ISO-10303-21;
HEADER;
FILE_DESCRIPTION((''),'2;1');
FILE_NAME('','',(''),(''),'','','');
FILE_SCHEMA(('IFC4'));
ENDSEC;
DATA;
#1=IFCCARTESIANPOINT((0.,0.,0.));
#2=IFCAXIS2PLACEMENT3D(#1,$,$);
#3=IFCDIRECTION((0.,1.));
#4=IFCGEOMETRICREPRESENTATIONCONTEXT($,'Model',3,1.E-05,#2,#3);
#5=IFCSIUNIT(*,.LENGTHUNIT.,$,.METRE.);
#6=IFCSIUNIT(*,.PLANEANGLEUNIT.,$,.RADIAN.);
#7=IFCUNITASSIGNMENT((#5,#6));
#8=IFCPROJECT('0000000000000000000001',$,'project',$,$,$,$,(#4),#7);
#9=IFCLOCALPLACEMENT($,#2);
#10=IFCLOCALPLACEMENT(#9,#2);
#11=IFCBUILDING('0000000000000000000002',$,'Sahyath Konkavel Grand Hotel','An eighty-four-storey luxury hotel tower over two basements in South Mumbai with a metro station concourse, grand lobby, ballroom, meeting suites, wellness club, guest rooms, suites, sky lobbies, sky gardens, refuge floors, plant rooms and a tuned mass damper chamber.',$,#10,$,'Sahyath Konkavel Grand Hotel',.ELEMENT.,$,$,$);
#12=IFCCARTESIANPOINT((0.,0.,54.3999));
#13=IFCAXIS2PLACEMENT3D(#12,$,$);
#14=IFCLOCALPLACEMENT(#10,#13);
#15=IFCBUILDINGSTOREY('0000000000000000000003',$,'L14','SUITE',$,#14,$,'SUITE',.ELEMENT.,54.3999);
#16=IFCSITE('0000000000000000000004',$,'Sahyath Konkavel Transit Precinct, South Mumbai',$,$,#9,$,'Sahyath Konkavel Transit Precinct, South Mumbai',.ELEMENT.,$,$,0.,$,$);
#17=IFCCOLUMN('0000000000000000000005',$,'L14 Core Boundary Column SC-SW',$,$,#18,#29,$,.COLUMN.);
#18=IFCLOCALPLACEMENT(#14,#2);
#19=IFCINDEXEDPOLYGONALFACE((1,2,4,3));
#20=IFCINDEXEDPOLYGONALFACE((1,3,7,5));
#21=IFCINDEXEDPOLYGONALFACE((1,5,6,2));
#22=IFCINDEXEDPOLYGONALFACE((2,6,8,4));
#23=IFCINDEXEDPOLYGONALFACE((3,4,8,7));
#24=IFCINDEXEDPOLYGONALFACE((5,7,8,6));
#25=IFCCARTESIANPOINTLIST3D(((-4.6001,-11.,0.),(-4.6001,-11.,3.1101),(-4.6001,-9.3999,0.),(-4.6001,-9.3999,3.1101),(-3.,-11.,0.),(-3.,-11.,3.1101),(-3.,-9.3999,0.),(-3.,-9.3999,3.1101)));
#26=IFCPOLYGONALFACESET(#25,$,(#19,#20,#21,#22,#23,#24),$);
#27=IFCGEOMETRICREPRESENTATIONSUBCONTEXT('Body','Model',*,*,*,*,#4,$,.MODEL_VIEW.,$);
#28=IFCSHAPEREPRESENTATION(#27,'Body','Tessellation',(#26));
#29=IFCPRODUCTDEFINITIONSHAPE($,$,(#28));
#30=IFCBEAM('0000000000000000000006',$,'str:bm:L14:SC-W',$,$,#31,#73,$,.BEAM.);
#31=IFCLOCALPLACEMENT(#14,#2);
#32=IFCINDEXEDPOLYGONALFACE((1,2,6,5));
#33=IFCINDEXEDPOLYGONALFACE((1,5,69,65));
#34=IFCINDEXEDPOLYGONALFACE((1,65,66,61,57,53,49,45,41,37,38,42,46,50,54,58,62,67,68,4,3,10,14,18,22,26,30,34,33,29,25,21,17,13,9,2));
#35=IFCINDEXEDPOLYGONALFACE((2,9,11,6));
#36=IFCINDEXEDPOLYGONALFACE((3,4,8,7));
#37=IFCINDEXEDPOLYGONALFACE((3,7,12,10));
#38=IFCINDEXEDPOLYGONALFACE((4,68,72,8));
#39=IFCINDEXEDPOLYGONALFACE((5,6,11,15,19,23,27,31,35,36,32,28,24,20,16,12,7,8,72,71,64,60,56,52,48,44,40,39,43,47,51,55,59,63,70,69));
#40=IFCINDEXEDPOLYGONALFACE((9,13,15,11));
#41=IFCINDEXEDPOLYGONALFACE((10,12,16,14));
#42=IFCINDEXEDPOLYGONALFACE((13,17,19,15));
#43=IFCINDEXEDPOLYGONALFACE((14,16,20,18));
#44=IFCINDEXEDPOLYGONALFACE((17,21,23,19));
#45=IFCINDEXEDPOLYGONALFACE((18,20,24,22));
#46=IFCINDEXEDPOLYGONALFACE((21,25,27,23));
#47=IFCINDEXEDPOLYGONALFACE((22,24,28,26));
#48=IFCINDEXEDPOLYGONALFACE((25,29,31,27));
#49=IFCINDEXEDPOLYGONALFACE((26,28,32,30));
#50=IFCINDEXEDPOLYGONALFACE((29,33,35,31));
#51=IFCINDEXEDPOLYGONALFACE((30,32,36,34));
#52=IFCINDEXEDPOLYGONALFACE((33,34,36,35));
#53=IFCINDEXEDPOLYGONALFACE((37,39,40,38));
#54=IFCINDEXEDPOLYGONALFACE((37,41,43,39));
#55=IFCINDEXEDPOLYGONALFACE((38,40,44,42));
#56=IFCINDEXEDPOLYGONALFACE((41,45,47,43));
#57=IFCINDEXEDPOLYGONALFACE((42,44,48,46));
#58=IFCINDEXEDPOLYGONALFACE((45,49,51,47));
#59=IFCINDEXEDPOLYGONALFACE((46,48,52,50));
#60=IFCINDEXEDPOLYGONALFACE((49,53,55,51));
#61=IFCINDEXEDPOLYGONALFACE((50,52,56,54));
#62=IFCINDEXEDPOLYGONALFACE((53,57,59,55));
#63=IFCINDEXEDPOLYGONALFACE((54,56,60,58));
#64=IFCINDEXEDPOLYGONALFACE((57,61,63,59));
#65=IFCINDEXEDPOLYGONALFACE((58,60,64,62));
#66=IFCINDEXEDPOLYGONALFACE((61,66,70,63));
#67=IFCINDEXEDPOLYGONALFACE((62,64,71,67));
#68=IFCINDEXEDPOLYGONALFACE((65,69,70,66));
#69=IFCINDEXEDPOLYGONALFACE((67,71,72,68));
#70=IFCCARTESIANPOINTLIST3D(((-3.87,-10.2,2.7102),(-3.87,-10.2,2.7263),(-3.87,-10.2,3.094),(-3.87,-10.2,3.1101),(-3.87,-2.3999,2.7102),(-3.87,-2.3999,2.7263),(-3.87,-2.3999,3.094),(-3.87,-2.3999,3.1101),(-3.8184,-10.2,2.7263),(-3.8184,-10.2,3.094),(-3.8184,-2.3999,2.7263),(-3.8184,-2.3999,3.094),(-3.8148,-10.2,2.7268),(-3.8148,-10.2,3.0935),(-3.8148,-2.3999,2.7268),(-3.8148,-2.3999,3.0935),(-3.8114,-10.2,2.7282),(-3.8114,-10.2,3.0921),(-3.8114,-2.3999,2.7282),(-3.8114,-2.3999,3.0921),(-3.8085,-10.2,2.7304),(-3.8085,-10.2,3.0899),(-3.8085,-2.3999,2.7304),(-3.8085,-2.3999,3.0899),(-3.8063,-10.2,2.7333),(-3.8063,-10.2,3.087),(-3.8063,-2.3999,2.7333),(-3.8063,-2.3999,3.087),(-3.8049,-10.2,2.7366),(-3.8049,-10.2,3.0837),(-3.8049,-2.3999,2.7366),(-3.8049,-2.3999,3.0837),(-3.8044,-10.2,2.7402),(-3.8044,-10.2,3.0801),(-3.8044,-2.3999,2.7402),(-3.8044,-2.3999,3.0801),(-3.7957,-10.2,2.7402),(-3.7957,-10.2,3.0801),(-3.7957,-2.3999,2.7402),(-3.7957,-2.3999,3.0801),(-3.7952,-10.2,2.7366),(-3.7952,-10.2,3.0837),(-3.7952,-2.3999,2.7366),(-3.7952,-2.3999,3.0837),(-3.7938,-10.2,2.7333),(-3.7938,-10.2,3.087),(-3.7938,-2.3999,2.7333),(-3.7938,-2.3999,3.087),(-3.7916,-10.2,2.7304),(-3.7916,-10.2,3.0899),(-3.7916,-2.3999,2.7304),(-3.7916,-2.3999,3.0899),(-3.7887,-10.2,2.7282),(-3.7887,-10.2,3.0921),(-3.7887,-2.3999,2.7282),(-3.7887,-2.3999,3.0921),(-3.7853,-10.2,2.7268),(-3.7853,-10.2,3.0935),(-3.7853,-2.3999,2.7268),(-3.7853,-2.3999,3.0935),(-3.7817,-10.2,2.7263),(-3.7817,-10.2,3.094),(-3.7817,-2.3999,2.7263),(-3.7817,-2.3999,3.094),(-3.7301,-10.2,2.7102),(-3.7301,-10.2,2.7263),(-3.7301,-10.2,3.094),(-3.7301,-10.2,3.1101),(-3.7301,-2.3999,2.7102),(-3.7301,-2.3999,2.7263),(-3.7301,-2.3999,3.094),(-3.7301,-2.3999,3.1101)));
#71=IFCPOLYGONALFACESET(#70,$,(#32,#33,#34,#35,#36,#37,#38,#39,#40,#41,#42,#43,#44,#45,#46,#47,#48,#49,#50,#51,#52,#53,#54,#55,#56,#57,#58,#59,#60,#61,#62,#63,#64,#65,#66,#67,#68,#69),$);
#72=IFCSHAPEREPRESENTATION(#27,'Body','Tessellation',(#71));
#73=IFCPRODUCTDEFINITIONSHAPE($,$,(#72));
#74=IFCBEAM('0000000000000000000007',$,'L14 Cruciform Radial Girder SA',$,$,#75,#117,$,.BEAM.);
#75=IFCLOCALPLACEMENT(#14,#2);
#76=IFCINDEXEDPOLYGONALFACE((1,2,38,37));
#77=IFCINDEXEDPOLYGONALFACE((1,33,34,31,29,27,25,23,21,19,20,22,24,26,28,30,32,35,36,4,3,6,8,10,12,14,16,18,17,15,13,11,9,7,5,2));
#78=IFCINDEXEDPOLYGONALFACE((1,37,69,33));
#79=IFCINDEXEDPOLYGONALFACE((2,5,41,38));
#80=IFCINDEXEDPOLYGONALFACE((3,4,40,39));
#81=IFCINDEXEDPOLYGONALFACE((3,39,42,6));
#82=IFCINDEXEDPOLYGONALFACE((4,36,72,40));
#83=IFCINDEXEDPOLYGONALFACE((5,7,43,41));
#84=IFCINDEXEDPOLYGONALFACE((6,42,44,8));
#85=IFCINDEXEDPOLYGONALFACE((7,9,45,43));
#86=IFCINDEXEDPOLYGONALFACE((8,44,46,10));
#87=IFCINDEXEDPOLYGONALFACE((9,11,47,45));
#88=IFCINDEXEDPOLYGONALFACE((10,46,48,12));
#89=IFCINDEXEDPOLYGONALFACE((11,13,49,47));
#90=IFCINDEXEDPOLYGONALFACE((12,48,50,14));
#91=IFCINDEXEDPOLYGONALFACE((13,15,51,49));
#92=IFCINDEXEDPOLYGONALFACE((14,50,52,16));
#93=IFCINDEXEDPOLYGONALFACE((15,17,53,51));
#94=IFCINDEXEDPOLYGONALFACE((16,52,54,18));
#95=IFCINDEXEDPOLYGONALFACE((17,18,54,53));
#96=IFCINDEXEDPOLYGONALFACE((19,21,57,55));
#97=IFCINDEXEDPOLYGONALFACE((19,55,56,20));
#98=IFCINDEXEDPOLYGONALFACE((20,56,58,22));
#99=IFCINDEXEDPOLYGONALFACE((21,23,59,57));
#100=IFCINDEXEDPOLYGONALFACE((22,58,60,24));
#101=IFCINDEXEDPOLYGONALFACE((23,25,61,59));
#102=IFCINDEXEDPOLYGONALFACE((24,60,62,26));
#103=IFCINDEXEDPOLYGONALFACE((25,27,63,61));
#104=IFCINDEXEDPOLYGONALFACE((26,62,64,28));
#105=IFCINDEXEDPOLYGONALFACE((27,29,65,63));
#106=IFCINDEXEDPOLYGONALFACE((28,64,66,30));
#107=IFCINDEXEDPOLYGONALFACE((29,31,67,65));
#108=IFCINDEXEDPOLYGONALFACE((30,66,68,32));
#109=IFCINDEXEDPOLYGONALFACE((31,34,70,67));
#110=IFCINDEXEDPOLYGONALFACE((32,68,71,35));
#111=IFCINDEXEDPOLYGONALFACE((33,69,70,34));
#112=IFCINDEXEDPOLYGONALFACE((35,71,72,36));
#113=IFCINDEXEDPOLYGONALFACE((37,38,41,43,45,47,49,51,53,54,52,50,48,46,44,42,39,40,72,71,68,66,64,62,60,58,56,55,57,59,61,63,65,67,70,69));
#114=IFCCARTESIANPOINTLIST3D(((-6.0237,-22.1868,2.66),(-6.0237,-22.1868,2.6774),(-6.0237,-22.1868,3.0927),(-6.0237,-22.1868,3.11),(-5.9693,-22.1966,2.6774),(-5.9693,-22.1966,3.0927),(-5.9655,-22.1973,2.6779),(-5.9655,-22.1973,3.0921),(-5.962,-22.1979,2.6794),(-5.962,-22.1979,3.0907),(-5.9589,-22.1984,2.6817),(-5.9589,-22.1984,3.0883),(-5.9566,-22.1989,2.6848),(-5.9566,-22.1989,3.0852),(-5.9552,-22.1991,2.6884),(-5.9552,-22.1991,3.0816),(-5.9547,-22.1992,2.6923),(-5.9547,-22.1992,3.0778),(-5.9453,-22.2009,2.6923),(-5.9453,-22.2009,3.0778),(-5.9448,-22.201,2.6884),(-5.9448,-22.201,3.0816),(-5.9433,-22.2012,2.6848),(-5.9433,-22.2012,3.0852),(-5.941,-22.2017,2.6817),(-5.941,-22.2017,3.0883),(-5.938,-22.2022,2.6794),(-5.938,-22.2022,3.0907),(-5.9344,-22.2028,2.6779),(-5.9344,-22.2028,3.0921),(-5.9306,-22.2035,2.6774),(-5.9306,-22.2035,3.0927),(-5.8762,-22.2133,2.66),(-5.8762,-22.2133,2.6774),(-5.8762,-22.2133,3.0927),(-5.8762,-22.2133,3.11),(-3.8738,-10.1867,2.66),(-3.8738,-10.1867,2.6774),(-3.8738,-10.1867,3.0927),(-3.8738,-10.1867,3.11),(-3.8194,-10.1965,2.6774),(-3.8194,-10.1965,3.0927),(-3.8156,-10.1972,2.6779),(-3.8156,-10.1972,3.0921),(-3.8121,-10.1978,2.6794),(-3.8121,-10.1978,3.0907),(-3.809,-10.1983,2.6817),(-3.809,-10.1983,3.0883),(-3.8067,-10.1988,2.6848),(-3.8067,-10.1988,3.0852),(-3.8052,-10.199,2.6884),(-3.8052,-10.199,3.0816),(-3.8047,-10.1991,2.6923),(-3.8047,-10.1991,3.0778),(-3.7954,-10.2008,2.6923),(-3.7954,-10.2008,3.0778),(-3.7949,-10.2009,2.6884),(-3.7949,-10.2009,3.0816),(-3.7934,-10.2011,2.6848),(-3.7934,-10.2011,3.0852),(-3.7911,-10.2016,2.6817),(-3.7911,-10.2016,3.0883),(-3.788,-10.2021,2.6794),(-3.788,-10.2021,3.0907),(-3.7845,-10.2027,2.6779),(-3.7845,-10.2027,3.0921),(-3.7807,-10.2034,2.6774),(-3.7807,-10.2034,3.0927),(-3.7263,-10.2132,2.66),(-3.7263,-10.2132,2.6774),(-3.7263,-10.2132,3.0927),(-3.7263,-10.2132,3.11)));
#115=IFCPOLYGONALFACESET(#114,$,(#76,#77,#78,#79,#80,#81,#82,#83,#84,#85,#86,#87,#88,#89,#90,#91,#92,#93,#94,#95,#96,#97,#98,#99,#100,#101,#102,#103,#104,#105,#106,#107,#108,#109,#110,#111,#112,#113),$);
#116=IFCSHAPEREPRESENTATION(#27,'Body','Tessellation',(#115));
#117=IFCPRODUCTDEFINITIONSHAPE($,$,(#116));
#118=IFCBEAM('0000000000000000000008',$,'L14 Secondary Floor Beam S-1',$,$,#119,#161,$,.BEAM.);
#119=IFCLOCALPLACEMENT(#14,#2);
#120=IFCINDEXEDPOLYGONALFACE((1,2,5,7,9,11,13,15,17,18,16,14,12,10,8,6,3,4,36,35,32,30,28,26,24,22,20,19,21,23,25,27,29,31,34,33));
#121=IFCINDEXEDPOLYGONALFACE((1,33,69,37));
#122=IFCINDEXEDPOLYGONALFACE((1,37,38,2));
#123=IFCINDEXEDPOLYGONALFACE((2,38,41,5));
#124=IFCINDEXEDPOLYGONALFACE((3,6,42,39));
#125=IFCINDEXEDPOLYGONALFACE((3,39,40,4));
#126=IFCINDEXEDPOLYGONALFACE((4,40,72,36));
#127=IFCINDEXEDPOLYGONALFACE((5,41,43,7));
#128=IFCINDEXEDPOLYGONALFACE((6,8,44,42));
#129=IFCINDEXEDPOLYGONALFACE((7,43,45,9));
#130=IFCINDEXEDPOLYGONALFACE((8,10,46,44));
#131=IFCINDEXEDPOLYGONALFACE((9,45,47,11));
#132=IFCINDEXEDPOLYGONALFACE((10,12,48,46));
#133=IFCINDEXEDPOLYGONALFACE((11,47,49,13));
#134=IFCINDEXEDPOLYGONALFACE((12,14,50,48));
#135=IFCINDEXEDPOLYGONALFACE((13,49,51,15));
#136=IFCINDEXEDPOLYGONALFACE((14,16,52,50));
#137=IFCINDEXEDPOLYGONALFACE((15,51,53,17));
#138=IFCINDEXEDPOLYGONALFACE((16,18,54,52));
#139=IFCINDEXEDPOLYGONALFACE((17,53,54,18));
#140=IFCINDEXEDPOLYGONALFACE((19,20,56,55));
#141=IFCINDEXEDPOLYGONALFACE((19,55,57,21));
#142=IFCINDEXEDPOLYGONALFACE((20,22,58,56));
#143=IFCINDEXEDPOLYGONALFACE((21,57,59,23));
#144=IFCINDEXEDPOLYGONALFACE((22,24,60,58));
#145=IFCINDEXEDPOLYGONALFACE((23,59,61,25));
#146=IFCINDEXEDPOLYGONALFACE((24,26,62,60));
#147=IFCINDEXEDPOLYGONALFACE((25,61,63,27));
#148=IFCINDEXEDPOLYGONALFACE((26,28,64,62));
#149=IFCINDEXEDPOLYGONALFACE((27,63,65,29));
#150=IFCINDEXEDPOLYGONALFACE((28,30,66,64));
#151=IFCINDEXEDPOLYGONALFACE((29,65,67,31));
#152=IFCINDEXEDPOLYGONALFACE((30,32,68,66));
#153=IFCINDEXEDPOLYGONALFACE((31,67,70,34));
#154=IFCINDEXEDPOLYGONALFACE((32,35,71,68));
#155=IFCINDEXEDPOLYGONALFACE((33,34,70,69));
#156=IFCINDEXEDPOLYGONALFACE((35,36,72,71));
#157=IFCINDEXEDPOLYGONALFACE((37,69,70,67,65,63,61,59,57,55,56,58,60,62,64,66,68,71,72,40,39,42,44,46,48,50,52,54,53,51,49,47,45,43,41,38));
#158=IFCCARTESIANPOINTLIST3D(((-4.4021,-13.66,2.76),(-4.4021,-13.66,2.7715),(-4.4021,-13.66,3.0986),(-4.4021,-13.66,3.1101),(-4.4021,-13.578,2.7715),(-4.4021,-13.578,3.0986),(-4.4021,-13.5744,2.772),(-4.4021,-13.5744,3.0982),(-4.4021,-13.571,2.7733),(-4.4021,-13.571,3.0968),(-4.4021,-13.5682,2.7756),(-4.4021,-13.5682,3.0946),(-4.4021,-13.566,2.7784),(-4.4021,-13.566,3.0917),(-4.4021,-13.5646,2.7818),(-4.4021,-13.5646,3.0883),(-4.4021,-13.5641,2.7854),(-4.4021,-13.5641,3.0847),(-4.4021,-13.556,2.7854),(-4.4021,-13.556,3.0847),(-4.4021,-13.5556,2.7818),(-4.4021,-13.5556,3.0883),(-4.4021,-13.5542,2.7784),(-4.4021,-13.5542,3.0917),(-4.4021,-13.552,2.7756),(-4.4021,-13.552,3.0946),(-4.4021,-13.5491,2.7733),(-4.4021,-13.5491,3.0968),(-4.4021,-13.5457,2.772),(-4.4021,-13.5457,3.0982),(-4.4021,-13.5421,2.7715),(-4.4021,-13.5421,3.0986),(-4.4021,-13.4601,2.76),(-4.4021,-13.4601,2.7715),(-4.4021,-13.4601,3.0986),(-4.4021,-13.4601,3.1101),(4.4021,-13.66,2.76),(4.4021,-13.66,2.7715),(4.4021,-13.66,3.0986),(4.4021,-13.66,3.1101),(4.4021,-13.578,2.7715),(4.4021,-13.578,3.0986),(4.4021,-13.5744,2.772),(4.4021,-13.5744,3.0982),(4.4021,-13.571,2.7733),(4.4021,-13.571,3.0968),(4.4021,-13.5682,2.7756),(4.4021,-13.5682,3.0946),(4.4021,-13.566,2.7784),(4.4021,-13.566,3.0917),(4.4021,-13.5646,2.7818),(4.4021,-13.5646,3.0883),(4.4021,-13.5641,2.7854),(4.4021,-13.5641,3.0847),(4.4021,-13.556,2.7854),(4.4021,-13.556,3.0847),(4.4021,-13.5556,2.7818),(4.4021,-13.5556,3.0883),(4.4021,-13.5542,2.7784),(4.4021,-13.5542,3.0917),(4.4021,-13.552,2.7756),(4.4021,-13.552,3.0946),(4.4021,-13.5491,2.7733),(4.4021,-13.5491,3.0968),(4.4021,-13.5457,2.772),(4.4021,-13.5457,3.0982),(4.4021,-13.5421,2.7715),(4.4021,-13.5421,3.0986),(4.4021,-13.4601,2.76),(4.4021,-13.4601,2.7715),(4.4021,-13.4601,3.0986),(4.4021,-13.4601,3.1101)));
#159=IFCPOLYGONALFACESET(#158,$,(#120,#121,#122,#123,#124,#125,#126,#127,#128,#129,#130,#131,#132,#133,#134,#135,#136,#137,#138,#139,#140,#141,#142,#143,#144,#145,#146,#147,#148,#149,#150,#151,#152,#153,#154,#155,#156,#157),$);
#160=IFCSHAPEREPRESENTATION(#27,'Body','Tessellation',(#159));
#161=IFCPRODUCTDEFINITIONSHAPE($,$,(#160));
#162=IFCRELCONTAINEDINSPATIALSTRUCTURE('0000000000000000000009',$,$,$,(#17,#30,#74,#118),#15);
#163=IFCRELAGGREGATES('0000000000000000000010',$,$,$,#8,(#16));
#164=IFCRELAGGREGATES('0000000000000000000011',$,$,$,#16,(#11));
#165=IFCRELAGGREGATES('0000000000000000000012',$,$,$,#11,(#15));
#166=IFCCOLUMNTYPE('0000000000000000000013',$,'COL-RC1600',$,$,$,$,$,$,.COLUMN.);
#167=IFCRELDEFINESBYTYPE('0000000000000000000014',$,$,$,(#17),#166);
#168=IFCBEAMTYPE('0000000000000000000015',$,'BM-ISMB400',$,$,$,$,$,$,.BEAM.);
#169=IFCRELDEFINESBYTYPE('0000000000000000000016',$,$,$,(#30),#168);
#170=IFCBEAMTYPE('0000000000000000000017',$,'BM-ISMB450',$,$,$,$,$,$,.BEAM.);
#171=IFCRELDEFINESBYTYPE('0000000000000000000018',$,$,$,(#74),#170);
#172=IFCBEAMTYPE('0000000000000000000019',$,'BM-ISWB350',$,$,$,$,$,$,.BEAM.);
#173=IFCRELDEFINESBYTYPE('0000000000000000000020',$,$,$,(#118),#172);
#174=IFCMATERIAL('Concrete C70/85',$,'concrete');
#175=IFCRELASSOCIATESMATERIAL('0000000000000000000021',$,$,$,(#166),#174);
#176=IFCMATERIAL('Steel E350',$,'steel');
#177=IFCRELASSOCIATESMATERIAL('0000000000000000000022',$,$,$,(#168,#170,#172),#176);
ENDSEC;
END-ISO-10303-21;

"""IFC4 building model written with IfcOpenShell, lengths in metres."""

from ifc_helpers import new_model, si_unit, direction, frame, origin, origin_2d, place, context, subcontext, project, spatial, rectangle, i_section, extrude, source, transform, mapped, material, material_profile, profile_set, type_object, element, save


model = new_model("IFC4")

# Units and contexts
model_context = context("Model", 3, precision=1e-05, world=origin(), true_north=direction((0.0, 1.0)))
body_context = subcontext(model_context, "Body", "Model", "MODEL_VIEW")
ifc_project = project(units=[si_unit("LENGTHUNIT", "METRE"), si_unit("PLANEANGLEUNIT", "RADIAN")], contexts=[model_context])

# Site, building, storey
site_placement = place(None, origin())
site = spatial("IfcSite", under=ifc_project, at=site_placement, Name="Sahyath Konkavel Transit Precinct, South Mumbai", LongName="Sahyath Konkavel Transit Precinct, South Mumbai", CompositionType="ELEMENT", RefElevation=0.0)
building_placement = place(site_placement, origin())
building = spatial("IfcBuilding", under=site, at=building_placement, Name="Sahyath Konkavel Grand Hotel", Description="An eighty-four-storey luxury hotel tower over two basements in South Mumbai with a metro station concourse, grand lobby, ballroom, meeting suites, wellness club, guest rooms, suites, sky lobbies, sky gardens, refuge floors, plant rooms and a tuned mass damper chamber.", LongName="Sahyath Konkavel Grand Hotel", CompositionType="ELEMENT")
storey_placement = place(building_placement, frame((0.0, 0.0, 54.3999)))
storey = spatial("IfcBuildingStorey", under=building, at=storey_placement, Name="L14", Description="SUITE", LongName="SUITE", CompositionType="ELEMENT", Elevation=54.3999)

# Column
ifc_material_1 = material(Name="Concrete C70/85", Category="concrete")
ifc_material_profile_1 = material_profile(ifc_material_1, rectangle(XDim=1.6001, YDim=1.6001, at=origin_2d()), Name="RC 1600x1600")
ifc_profile_set_1 = profile_set([ifc_material_profile_1], Name="Concrete C70/85")
column_type = type_object("IfcColumnType", Name="COL-RC1600", PredefinedType="COLUMN", material=ifc_profile_set_1)
shared_shape_1 = source(origin(), body_context, "Body", "SweptSolid", [
    extrude(rectangle(XDim=1.6001, YDim=1.6001, at=origin_2d()), origin(), (0.0, 0.0, 1.0), 3.1101),
])
column_placement = place(storey_placement, frame((-3.8, -10.2, 0.0), z_axis=(0.0, 0.0, 1.0), x_axis=(1.0, 0.0, 0.0)))
element("IfcColumn", 1, at=column_placement, inside=storey, type_object=column_type, Name="L14 Core Boundary Column SC-SW", PredefinedType="COLUMN", context=body_context, shape_type="MappedRepresentation", body=[
    mapped(shared_shape_1, transform((0.0, 0.0, 0.0), scale=1.0)),
])

# Beams
ifc_material_2 = material(Name="Steel E350", Category="steel")
ifc_material_profile_2 = material_profile(ifc_material_2, i_section(OverallWidth=0.1399, OverallDepth=0.3999, WebThickness=0.0088, FlangeThickness=0.0161, FilletRadius=0.0139, at=origin_2d()), Name="ISMB 400")
ifc_profile_set_2 = profile_set([ifc_material_profile_2], Name="Steel E350")
beam_type_1 = type_object("IfcBeamType", Name="BM-ISMB400", PredefinedType="BEAM", material=ifc_profile_set_2)
shared_shape_2 = source(origin(), body_context, "Body", "SweptSolid", [
    extrude(i_section(OverallWidth=0.1399, OverallDepth=0.3999, WebThickness=0.0088, FlangeThickness=0.0161, FilletRadius=0.0139, at=origin_2d()), origin(), (0.0, 0.0, 1.0), 7.8),
])
beam_1_placement = place(storey_placement, frame((-3.8, -10.2, 2.9102), z_axis=(0.0, 1.0, 0.0), x_axis=(-1.0, 0.0, 0.0)))
element("IfcBeam", 2, at=beam_1_placement, inside=storey, type_object=beam_type_1, Name="str:bm:L14:SC-W", PredefinedType="BEAM", context=body_context, shape_type="MappedRepresentation", body=[
    mapped(shared_shape_2, transform((0.0, 0.0, 0.0), scale=1.0)),
])
ifc_material_profile_3 = material_profile(ifc_material_2, i_section(OverallWidth=0.1499, OverallDepth=0.45, WebThickness=0.0095, FlangeThickness=0.0173, FilletRadius=0.0149, at=origin_2d()), Name="ISMB 450")
ifc_profile_set_3 = profile_set([ifc_material_profile_3], Name="Steel E350")
beam_type_2 = type_object("IfcBeamType", Name="BM-ISMB450", PredefinedType="BEAM", material=ifc_profile_set_3)
shared_shape_3 = source(origin(), body_context, "Body", "SweptSolid", [
    extrude(i_section(OverallWidth=0.1499, OverallDepth=0.45, WebThickness=0.0095, FlangeThickness=0.0173, FilletRadius=0.0149, at=origin_2d()), origin(), (0.0, 0.0, 1.0), 12.1912),
])
beam_2_placement = place(storey_placement, frame((-3.8, -10.2, 2.885), z_axis=(-0.176351, -0.984327, 0.0), x_axis=(0.984327, -0.176351, 0.0)))
element("IfcBeam", 3, at=beam_2_placement, inside=storey, type_object=beam_type_2, Name="L14 Cruciform Radial Girder SA", PredefinedType="BEAM", context=body_context, shape_type="MappedRepresentation", body=[
    mapped(shared_shape_3, transform((0.0, 0.0, 0.0), scale=1.0)),
])
ifc_material_profile_4 = material_profile(ifc_material_2, i_section(OverallWidth=0.2, OverallDepth=0.3501, WebThickness=0.0081, FlangeThickness=0.0115, FilletRadius=0.0139, at=origin_2d()), Name="ISWB 350")
ifc_profile_set_4 = profile_set([ifc_material_profile_4], Name="Steel E350")
beam_type_3 = type_object("IfcBeamType", Name="BM-ISWB350", PredefinedType="BEAM", material=ifc_profile_set_4)
shared_shape_4 = source(origin(), body_context, "Body", "SweptSolid", [
    extrude(i_section(OverallWidth=0.2, OverallDepth=0.3501, WebThickness=0.0081, FlangeThickness=0.0115, FilletRadius=0.0139, at=origin_2d()), origin(), (0.0, 0.0, 1.0), 8.8042),
])
beam_3_placement = place(storey_placement, frame((-4.4021, -13.5601, 2.9351), z_axis=(1.0, 0.0, 0.0), x_axis=(0.0, 1.0, 0.0)))
element("IfcBeam", 4, at=beam_3_placement, inside=storey, type_object=beam_type_3, Name="L14 Secondary Floor Beam S-1", PredefinedType="BEAM", context=body_context, shape_type="MappedRepresentation", body=[
    mapped(shared_shape_4, transform((0.0, 0.0, 0.0), scale=1.0)),
])

save(model, "model.ifc")
